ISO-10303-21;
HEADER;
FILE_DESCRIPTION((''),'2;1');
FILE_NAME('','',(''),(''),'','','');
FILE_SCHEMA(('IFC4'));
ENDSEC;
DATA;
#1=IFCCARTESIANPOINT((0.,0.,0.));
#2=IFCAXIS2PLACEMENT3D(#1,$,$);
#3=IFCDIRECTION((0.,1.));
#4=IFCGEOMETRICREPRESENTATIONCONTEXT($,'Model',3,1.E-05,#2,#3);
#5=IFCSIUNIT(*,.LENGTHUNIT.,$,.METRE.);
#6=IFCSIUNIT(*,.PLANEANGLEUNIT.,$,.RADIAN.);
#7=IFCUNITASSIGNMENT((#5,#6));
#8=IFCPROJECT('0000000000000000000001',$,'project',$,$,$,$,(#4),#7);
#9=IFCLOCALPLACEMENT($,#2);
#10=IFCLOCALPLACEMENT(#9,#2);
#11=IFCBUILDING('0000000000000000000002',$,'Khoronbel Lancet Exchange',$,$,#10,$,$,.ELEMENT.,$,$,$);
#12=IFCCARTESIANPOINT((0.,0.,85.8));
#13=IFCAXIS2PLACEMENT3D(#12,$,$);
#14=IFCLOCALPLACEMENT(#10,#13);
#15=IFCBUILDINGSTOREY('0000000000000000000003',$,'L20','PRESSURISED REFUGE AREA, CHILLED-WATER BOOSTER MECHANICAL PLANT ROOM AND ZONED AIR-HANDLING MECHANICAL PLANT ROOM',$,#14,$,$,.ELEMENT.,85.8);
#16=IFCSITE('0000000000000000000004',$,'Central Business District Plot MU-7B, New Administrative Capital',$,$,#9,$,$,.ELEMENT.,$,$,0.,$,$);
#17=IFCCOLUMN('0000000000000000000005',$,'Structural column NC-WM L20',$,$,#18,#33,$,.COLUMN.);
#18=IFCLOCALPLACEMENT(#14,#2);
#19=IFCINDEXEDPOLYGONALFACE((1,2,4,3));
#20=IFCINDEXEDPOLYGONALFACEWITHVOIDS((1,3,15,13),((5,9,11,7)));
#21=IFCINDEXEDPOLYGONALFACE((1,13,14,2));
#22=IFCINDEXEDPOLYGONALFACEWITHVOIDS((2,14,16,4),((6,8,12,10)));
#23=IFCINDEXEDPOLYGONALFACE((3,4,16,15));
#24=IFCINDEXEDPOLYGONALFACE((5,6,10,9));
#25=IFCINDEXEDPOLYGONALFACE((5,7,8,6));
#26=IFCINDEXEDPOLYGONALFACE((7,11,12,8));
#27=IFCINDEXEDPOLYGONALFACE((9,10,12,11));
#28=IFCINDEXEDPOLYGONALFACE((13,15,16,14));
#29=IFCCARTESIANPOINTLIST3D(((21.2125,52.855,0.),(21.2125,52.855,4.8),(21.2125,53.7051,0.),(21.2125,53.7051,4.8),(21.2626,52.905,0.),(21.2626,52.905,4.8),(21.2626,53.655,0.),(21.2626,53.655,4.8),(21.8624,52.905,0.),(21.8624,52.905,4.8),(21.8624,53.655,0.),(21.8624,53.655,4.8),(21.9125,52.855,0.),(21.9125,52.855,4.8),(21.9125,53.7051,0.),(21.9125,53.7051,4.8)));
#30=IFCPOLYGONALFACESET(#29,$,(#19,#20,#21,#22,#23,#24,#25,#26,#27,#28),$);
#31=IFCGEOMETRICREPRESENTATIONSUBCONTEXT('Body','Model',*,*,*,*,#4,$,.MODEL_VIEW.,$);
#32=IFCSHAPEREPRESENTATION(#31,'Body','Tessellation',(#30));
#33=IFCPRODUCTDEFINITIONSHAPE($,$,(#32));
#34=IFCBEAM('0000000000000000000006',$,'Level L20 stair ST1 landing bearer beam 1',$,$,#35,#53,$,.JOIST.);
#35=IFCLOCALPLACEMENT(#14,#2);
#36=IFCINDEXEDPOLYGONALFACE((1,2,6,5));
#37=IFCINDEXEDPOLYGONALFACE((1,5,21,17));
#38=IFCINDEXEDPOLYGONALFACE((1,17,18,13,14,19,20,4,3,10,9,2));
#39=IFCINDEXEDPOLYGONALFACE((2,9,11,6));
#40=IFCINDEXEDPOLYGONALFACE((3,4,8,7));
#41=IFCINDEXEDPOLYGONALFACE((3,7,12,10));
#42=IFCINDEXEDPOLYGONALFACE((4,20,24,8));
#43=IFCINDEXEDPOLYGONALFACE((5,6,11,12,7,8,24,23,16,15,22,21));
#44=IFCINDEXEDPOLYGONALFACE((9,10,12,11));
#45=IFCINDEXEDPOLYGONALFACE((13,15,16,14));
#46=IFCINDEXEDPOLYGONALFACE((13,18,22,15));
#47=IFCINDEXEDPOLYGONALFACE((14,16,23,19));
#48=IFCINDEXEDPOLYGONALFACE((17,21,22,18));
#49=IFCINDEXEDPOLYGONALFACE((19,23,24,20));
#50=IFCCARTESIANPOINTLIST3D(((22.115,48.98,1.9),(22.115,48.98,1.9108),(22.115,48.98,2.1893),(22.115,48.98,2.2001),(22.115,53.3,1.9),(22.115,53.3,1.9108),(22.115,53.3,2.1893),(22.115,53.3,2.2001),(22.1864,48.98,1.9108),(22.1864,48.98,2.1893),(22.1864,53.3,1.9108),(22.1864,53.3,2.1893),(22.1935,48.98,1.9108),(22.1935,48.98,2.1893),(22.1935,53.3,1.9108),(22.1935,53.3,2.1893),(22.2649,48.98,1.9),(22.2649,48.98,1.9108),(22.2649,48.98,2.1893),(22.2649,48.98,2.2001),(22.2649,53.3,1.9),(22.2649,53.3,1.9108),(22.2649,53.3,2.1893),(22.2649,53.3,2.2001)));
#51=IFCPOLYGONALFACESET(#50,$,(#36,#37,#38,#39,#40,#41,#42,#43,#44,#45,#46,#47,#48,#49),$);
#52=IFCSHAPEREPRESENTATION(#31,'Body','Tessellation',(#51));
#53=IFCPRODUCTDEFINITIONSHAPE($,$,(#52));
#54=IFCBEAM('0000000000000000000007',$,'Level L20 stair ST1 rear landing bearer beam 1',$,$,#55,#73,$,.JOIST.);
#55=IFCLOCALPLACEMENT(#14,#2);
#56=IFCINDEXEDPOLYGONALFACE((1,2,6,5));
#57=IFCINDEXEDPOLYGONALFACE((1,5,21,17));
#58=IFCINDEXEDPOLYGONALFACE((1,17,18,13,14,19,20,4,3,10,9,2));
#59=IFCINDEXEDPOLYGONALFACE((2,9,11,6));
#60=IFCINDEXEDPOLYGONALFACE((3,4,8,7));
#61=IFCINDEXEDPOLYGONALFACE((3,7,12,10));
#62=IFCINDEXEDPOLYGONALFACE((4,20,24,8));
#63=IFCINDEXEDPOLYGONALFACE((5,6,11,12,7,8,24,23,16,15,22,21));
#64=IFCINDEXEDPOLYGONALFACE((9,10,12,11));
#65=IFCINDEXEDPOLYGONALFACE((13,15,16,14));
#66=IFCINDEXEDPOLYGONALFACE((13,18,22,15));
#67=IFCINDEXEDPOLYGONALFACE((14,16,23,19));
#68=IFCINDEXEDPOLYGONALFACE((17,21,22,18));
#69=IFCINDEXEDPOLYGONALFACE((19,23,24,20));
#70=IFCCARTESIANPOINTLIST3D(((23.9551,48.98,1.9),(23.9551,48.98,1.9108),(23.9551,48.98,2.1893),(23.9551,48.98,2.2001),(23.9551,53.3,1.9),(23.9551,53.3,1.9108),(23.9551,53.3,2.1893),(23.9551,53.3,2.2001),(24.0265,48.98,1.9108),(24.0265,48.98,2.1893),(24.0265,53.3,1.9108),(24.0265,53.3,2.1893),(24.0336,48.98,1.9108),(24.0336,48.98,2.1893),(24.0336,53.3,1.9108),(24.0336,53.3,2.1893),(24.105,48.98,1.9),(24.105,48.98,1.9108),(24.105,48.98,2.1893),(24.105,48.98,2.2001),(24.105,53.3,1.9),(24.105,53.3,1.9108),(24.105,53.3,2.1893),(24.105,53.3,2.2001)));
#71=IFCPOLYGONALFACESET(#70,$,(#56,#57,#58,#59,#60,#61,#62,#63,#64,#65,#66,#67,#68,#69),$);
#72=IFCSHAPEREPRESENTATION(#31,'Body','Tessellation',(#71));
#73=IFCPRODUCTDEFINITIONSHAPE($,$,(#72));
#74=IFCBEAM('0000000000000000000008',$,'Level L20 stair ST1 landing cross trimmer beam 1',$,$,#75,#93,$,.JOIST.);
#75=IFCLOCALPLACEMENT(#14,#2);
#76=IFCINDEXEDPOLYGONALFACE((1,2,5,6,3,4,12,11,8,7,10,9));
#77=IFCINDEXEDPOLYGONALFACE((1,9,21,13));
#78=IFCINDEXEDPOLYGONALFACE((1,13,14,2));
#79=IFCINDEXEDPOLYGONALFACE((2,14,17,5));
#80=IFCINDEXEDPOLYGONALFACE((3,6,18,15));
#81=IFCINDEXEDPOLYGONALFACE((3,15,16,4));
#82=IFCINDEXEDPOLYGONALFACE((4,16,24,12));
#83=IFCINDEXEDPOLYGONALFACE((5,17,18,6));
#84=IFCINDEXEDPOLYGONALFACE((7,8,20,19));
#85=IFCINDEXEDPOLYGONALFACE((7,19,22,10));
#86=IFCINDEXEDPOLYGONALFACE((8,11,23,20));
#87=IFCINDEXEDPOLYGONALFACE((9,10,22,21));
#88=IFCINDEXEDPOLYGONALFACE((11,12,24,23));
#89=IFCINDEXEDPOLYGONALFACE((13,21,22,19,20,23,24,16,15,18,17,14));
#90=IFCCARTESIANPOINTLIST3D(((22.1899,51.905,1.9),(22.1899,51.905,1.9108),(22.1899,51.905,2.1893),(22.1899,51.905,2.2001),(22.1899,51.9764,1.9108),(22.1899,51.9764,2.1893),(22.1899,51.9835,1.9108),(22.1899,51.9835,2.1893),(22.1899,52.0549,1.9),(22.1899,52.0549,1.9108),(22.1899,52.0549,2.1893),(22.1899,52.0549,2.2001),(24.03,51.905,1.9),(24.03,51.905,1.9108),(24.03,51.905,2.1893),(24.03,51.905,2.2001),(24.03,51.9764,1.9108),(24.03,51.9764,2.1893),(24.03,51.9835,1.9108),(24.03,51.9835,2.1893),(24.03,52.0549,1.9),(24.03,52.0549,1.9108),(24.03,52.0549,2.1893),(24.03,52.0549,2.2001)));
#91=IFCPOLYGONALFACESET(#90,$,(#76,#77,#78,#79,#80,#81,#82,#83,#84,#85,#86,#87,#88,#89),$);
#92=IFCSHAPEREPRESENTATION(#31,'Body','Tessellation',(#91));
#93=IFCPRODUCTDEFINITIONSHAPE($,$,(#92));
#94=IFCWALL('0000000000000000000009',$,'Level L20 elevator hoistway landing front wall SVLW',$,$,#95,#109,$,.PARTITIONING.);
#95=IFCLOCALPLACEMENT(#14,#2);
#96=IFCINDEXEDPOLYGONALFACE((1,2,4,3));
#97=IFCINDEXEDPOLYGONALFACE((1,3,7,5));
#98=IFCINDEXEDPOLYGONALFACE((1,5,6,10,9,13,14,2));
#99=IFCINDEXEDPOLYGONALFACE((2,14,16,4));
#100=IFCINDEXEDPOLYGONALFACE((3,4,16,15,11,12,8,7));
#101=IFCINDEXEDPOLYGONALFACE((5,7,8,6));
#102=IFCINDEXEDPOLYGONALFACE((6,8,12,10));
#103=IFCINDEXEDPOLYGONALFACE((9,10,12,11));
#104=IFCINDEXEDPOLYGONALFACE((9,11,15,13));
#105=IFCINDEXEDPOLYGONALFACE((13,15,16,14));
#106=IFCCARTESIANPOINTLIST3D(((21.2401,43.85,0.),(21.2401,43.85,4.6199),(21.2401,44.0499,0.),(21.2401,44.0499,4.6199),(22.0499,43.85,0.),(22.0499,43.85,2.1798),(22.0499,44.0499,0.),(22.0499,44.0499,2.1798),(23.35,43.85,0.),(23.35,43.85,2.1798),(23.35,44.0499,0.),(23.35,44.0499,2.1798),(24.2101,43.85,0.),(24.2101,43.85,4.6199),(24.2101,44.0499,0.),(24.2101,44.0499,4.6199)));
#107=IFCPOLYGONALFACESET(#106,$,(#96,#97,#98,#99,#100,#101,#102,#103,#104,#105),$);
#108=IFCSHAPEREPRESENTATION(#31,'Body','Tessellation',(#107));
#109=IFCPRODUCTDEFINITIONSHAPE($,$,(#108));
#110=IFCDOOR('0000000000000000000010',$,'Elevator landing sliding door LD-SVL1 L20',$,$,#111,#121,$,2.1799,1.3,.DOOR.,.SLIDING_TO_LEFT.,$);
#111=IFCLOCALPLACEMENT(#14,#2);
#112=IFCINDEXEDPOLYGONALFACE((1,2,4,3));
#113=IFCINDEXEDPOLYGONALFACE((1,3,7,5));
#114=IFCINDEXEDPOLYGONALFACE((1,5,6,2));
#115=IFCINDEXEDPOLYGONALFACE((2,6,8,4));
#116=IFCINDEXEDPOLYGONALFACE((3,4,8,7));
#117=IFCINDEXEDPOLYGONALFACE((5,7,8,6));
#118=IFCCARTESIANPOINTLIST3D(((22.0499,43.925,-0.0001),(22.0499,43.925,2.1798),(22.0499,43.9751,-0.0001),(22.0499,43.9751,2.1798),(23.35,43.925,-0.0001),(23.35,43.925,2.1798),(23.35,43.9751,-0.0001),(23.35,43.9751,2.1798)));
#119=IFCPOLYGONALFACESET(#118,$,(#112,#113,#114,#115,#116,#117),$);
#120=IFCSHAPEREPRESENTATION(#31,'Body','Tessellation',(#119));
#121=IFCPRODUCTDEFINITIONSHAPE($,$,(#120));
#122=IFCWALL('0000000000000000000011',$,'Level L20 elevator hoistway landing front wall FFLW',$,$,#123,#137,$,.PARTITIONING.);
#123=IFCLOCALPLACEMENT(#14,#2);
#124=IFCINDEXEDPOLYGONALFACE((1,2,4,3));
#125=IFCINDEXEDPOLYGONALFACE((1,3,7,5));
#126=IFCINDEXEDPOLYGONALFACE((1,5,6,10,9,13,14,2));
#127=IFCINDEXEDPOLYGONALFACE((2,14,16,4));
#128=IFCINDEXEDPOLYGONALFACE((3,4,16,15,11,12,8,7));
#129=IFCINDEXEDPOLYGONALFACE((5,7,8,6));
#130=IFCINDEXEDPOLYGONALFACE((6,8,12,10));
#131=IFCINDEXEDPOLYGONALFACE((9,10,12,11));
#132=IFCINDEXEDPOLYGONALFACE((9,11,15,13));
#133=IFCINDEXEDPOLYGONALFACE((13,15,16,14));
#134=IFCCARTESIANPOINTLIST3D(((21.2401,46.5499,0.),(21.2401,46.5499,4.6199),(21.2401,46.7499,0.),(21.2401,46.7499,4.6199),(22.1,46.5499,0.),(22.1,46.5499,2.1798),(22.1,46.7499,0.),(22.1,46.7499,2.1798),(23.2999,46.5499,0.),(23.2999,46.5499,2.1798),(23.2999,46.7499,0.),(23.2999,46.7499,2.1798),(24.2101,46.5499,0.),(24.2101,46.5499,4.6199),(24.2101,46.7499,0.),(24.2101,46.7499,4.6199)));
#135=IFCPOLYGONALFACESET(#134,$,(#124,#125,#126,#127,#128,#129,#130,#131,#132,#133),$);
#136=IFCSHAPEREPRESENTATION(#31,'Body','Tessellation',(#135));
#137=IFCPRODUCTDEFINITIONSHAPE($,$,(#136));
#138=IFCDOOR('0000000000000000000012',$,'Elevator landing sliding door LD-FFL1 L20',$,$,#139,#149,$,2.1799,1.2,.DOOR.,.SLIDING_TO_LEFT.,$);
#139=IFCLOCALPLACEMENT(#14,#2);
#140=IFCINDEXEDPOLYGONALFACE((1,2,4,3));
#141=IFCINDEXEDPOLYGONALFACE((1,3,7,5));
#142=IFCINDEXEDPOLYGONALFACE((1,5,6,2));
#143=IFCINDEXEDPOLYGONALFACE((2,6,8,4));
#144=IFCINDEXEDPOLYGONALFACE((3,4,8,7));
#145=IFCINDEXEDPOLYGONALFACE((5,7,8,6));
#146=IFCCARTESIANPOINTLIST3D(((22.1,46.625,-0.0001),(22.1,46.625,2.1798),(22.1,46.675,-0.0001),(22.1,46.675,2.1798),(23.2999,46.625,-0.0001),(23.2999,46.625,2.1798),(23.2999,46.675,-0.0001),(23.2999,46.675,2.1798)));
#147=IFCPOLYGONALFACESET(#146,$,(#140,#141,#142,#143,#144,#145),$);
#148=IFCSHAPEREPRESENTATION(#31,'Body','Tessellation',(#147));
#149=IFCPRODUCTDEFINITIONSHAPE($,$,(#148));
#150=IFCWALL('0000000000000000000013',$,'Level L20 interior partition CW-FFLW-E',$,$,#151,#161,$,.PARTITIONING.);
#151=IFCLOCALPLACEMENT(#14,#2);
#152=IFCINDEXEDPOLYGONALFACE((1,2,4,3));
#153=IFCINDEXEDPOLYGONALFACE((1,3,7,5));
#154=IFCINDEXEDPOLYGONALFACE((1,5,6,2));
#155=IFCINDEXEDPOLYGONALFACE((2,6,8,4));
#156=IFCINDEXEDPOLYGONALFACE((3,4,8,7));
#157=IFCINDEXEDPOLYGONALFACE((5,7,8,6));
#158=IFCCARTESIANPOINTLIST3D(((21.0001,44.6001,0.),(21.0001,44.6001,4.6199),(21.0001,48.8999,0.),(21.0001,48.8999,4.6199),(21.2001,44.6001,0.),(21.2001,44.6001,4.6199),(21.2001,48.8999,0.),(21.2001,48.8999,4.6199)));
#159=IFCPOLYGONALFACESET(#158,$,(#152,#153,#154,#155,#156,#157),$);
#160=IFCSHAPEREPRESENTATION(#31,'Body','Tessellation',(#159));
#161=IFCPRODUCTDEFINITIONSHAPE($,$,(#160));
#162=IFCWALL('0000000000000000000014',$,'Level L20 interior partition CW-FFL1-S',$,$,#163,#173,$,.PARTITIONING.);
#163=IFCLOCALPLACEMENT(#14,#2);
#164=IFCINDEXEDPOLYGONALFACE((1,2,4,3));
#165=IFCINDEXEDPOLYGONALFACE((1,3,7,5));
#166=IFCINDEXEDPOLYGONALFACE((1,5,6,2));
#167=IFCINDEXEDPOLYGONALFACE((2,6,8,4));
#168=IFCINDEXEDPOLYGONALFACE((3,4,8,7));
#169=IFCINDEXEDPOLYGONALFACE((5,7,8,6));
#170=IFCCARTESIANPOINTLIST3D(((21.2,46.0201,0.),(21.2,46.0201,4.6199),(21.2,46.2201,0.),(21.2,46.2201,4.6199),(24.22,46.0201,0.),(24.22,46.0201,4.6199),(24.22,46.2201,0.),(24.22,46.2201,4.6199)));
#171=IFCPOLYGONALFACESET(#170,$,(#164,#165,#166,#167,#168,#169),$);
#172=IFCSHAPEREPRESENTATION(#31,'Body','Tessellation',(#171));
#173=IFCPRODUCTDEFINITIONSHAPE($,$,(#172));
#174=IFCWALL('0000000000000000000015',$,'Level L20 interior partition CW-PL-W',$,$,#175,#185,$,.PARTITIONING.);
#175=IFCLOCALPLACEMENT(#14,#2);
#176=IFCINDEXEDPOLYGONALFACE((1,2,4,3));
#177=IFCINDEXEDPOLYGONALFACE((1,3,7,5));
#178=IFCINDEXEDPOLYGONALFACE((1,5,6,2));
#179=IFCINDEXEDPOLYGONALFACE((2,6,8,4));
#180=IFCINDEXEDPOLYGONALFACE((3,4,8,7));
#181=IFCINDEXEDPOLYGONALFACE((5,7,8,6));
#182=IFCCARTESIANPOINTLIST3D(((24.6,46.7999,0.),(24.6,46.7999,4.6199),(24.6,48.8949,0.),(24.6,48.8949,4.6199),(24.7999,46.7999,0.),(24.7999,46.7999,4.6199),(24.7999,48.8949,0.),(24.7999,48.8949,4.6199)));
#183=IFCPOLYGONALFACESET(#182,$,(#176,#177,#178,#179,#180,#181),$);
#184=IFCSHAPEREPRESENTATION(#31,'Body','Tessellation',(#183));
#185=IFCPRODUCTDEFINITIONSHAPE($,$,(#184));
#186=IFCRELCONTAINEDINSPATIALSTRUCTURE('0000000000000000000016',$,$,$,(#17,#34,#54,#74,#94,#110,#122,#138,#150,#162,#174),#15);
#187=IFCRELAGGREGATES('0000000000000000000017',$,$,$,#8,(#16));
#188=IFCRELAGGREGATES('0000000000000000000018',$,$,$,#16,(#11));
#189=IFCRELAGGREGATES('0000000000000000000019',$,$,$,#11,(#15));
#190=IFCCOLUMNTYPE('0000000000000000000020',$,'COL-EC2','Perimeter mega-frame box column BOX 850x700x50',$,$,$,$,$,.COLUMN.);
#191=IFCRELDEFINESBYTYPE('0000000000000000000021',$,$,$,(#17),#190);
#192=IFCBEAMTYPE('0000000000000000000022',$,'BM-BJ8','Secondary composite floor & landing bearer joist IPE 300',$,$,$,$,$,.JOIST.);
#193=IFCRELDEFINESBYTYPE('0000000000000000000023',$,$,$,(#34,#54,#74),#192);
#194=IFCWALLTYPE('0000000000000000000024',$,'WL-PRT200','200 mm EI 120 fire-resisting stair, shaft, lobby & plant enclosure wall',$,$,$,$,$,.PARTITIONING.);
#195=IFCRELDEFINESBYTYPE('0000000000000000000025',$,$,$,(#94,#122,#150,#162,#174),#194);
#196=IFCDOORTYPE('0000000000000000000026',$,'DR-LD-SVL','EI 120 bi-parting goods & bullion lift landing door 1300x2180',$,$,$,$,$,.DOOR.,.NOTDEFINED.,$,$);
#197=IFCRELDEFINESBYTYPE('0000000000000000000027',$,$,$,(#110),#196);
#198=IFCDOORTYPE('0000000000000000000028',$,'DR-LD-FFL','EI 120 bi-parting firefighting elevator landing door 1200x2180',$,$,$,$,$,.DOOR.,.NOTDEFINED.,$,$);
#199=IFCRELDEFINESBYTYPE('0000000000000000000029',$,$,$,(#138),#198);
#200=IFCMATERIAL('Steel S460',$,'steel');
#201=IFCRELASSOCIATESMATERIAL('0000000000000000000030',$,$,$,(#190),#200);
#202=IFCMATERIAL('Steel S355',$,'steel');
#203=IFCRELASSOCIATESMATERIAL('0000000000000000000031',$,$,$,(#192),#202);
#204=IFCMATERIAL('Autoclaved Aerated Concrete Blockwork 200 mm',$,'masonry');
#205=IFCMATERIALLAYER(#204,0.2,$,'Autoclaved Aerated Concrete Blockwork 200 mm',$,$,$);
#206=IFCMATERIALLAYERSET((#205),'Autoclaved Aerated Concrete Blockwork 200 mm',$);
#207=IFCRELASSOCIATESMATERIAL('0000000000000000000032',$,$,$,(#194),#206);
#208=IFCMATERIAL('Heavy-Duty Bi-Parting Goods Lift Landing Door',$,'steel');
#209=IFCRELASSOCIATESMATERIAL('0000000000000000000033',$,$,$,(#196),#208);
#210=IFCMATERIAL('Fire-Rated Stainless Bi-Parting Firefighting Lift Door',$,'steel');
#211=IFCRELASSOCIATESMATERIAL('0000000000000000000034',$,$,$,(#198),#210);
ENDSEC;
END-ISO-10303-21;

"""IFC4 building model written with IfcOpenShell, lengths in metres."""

from ifc_helpers import new_model, si_unit, direction, frame, frame_2d, origin, origin_2d, place, context, subcontext, project, spatial, rectangle, hollow_rectangle, i_section, extrude, material, layer, layer_set, material_profile, profile_set, type_object, element, fill, save


model = new_model("IFC4")

# Units and contexts
model_context = context("Model", 3, precision=1e-05, world=origin(), true_north=direction((0.0, 1.0)))
body_context = subcontext(model_context, "Body", "Model", "MODEL_VIEW")
ifc_project = project(units=[si_unit("LENGTHUNIT", "METRE"), si_unit("PLANEANGLEUNIT", "RADIAN")], contexts=[model_context])

# Site, building, storey
site_placement = place(None, origin())
site = spatial("IfcSite", under=ifc_project, at=site_placement, Name="Central Business District Plot MU-7B, New Administrative Capital", CompositionType="ELEMENT", RefElevation=0.0)
building_placement = place(site_placement, origin())
building = spatial("IfcBuilding", under=site, at=building_placement, Name="Khoronbel Lancet Exchange", CompositionType="ELEMENT")
storey_placement = place(building_placement, frame((0.0, 0.0, 85.8)))
storey = spatial("IfcBuildingStorey", under=building, at=storey_placement, Name="L20", Description="PRESSURISED REFUGE AREA, CHILLED-WATER BOOSTER MECHANICAL PLANT ROOM AND ZONED AIR-HANDLING MECHANICAL PLANT ROOM", CompositionType="ELEMENT", Elevation=85.8)

# Column
ifc_material_1 = material(Name="Steel S460", Category="steel")
ifc_material_profile_1 = material_profile(ifc_material_1, hollow_rectangle(XDim=0.7, YDim=0.8501, WallThickness=0.05, at=origin_2d()), Name="BOX 850x700x50")
ifc_profile_set_1 = profile_set([ifc_material_profile_1], Name="Steel S460")
column_type = type_object("IfcColumnType", Name="COL-EC2", Description="Perimeter mega-frame box column BOX 850x700x50", PredefinedType="COLUMN", material=ifc_profile_set_1)
column_placement = place(storey_placement, frame((21.5625, 53.28, 0.0), z_axis=(0.0, 0.0, 1.0), x_axis=(1.0, 0.0, 0.0)))
element("IfcColumn", 1, at=column_placement, inside=storey, type_object=column_type, Name="Structural column NC-WM L20", PredefinedType="COLUMN", context=body_context, shape_type="SweptSolid", body=[
    extrude(hollow_rectangle(XDim=0.7, YDim=0.8501, WallThickness=0.05, at=origin_2d()), origin(), (0.0, 0.0, 1.0), 4.8),
])

# Beams
ifc_material_2 = material(Name="Steel S355", Category="steel")
ifc_material_profile_2 = material_profile(ifc_material_2, i_section(OverallWidth=0.1499, OverallDepth=0.3, WebThickness=0.0071, FlangeThickness=0.0107, at=origin_2d()), Name="IPE 300")
ifc_profile_set_2 = profile_set([ifc_material_profile_2], Name="Steel S355")
beam_type = type_object("IfcBeamType", Name="BM-BJ8", Description="Secondary composite floor & landing bearer joist IPE 300", PredefinedType="JOIST", material=ifc_profile_set_2)
for number, where, z_axis, x_axis, name in (
    (2, (22.1899, 48.98, 2.05), (0.0, 1.0, 0.0), (-1.0, 0.0, 0.0), "Level L20 stair ST1 landing bearer beam 1"),
    (3, (24.03, 48.98, 2.05), (0.0, 1.0, 0.0), (-1.0, 0.0, 0.0), "Level L20 stair ST1 rear landing bearer beam 1"),
):
    element("IfcBeam", number, at=place(storey_placement, frame(where, z_axis=z_axis, x_axis=x_axis)), inside=storey, type_object=beam_type, Name=name, PredefinedType="JOIST", context=body_context, shape_type="SweptSolid", body=[
        extrude(i_section(OverallWidth=0.1499, OverallDepth=0.3, WebThickness=0.0071, FlangeThickness=0.0107, at=origin_2d()), origin(), (0.0, 0.0, 1.0), 4.3201),
    ])
beam_placement = place(storey_placement, frame((22.1899, 51.98, 2.05), z_axis=(1.0, 0.0, 0.0), x_axis=(0.0, 1.0, 0.0)))
element("IfcBeam", 4, at=beam_placement, inside=storey, type_object=beam_type, Name="Level L20 stair ST1 landing cross trimmer beam 1", PredefinedType="JOIST", context=body_context, shape_type="SweptSolid", body=[
    extrude(i_section(OverallWidth=0.1499, OverallDepth=0.3, WebThickness=0.0071, FlangeThickness=0.0107, at=origin_2d()), origin(), (0.0, 0.0, 1.0), 1.8401),
])

# Walls, openings, doors
ifc_material_3 = material(Name="Autoclaved Aerated Concrete Blockwork 200 mm", Category="masonry")
ifc_layer = layer(ifc_material_3, 0.2, Name="Autoclaved Aerated Concrete Blockwork 200 mm")
ifc_layer_set = layer_set([ifc_layer], Name="Autoclaved Aerated Concrete Blockwork 200 mm")
wall_type = type_object("IfcWallType", Name="WL-PRT200", Description="200 mm EI 120 fire-resisting stair, shaft, lobby & plant enclosure wall", PredefinedType="PARTITIONING", material=ifc_layer_set)
wall_1_placement = place(storey_placement, frame((24.21, 43.95, 0.0), z_axis=(0.0, 0.0, 1.0), x_axis=(-1.0, 0.0, 0.0)))
wall_1 = element("IfcWall", 5, at=wall_1_placement, inside=storey, type_object=wall_type, Name="Level L20 elevator hoistway landing front wall SVLW", PredefinedType="PARTITIONING", context=body_context, shape_type="SweptSolid", body=[
    extrude(rectangle(XDim=2.97, YDim=0.2, at=frame_2d((1.4849, 0.0))), origin(), (0.0, 0.0, 1.0), 4.6199),
])
opening_1_placement = place(wall_1_placement, frame((0.8601, 0.0, 0.0)))
opening_1 = element("IfcOpeningElement", 6, at=opening_1_placement, cuts=wall_1, PredefinedType="OPENING", context=body_context, shape_type="SweptSolid", body=[
    extrude(rectangle(XDim=1.3, YDim=2.1799, at=frame_2d((0.6499, 1.0898))), frame((0.0, 0.1099, 0.0), z_axis=(0.0, -1.0, 0.0), x_axis=(1.0, 0.0, 0.0)), (0.0, 0.0, 1.0), 0.22),
])
ifc_material_4 = material(Name="Heavy-Duty Bi-Parting Goods Lift Landing Door", Category="steel")
door_type_1 = type_object("IfcDoorType", Name="DR-LD-SVL", Description="EI 120 bi-parting goods & bullion lift landing door 1300x2180", OperationType="NOTDEFINED", PredefinedType="DOOR", material=ifc_material_4)
door_1_placement = place(opening_1_placement, origin())
door_1 = element("IfcDoor", 7, at=door_1_placement, inside=storey, type_object=door_type_1, Name="Elevator landing sliding door LD-SVL1 L20", OperationType="SLIDING_TO_LEFT", OverallHeight=2.1799, OverallWidth=1.3, PredefinedType="DOOR", context=body_context, shape_type="SweptSolid", body=[
    extrude(rectangle(XDim=1.3, YDim=2.1799, at=frame_2d((0.6499, 1.0898))), frame((0.0, 0.0249, 0.0), z_axis=(0.0, -1.0, 0.0), x_axis=(1.0, 0.0, 0.0)), (0.0, 0.0, 1.0), 0.05),
])
fill(opening_1, door_1)
wall_2_placement = place(storey_placement, frame((24.21, 46.6499, 0.0), z_axis=(0.0, 0.0, 1.0), x_axis=(-1.0, 0.0, 0.0)))
wall_2 = element("IfcWall", 8, at=wall_2_placement, inside=storey, type_object=wall_type, Name="Level L20 elevator hoistway landing front wall FFLW", PredefinedType="PARTITIONING", context=body_context, shape_type="SweptSolid", body=[
    extrude(rectangle(XDim=2.97, YDim=0.2, at=frame_2d((1.4849, 0.0))), origin(), (0.0, 0.0, 1.0), 4.6199),
])
opening_2_placement = place(wall_2_placement, frame((0.9099, 0.0, 0.0)))
opening_2 = element("IfcOpeningElement", 9, at=opening_2_placement, cuts=wall_2, PredefinedType="OPENING", context=body_context, shape_type="SweptSolid", body=[
    extrude(rectangle(XDim=1.2, YDim=2.1799, at=frame_2d((0.6001, 1.0898))), frame((0.0, 0.1099, 0.0), z_axis=(0.0, -1.0, 0.0), x_axis=(1.0, 0.0, 0.0)), (0.0, 0.0, 1.0), 0.22),
])
ifc_material_5 = material(Name="Fire-Rated Stainless Bi-Parting Firefighting Lift Door", Category="steel")
door_type_2 = type_object("IfcDoorType", Name="DR-LD-FFL", Description="EI 120 bi-parting firefighting elevator landing door 1200x2180", OperationType="NOTDEFINED", PredefinedType="DOOR", material=ifc_material_5)
door_2_placement = place(opening_2_placement, origin())
door_2 = element("IfcDoor", 10, at=door_2_placement, inside=storey, type_object=door_type_2, Name="Elevator landing sliding door LD-FFL1 L20", OperationType="SLIDING_TO_LEFT", OverallHeight=2.1799, OverallWidth=1.2, PredefinedType="DOOR", context=body_context, shape_type="SweptSolid", body=[
    extrude(rectangle(XDim=1.2, YDim=2.1799, at=frame_2d((0.6001, 1.0898))), frame((0.0, 0.0249, 0.0), z_axis=(0.0, -1.0, 0.0), x_axis=(1.0, 0.0, 0.0)), (0.0, 0.0, 1.0), 0.05),
])
fill(opening_2, door_2)

# Walls
wall_3_placement = place(storey_placement, frame((21.1001, 44.6001, 0.0), z_axis=(0.0, 0.0, 1.0), x_axis=(0.0, 1.0, 0.0)))
element("IfcWall", 11, at=wall_3_placement, inside=storey, type_object=wall_type, Name="Level L20 interior partition CW-FFLW-E", PredefinedType="PARTITIONING", context=body_context, shape_type="SweptSolid", body=[
    extrude(rectangle(XDim=4.2998, YDim=0.2, at=frame_2d((2.1499, 0.0))), origin(), (0.0, 0.0, 1.0), 4.6199),
])
wall_4_placement = place(storey_placement, frame((21.2, 46.1201, 0.0), z_axis=(0.0, 0.0, 1.0), x_axis=(1.0, 0.0, 0.0)))
element("IfcWall", 12, at=wall_4_placement, inside=storey, type_object=wall_type, Name="Level L20 interior partition CW-FFL1-S", PredefinedType="PARTITIONING", context=body_context, shape_type="SweptSolid", body=[
    extrude(rectangle(XDim=3.02, YDim=0.2, at=frame_2d((1.51, 0.0))), origin(), (0.0, 0.0, 1.0), 4.6199),
])
wall_5_placement = place(storey_placement, frame((24.7, 46.8, 0.0), z_axis=(0.0, 0.0, 1.0), x_axis=(0.0, 1.0, 0.0)))
element("IfcWall", 13, at=wall_5_placement, inside=storey, type_object=wall_type, Name="Level L20 interior partition CW-PL-W", PredefinedType="PARTITIONING", context=body_context, shape_type="SweptSolid", body=[
    extrude(rectangle(XDim=2.095, YDim=0.2, at=frame_2d((1.0474, 0.0))), origin(), (0.0, 0.0, 1.0), 4.6199),
])

save(model, "model.ifc")
